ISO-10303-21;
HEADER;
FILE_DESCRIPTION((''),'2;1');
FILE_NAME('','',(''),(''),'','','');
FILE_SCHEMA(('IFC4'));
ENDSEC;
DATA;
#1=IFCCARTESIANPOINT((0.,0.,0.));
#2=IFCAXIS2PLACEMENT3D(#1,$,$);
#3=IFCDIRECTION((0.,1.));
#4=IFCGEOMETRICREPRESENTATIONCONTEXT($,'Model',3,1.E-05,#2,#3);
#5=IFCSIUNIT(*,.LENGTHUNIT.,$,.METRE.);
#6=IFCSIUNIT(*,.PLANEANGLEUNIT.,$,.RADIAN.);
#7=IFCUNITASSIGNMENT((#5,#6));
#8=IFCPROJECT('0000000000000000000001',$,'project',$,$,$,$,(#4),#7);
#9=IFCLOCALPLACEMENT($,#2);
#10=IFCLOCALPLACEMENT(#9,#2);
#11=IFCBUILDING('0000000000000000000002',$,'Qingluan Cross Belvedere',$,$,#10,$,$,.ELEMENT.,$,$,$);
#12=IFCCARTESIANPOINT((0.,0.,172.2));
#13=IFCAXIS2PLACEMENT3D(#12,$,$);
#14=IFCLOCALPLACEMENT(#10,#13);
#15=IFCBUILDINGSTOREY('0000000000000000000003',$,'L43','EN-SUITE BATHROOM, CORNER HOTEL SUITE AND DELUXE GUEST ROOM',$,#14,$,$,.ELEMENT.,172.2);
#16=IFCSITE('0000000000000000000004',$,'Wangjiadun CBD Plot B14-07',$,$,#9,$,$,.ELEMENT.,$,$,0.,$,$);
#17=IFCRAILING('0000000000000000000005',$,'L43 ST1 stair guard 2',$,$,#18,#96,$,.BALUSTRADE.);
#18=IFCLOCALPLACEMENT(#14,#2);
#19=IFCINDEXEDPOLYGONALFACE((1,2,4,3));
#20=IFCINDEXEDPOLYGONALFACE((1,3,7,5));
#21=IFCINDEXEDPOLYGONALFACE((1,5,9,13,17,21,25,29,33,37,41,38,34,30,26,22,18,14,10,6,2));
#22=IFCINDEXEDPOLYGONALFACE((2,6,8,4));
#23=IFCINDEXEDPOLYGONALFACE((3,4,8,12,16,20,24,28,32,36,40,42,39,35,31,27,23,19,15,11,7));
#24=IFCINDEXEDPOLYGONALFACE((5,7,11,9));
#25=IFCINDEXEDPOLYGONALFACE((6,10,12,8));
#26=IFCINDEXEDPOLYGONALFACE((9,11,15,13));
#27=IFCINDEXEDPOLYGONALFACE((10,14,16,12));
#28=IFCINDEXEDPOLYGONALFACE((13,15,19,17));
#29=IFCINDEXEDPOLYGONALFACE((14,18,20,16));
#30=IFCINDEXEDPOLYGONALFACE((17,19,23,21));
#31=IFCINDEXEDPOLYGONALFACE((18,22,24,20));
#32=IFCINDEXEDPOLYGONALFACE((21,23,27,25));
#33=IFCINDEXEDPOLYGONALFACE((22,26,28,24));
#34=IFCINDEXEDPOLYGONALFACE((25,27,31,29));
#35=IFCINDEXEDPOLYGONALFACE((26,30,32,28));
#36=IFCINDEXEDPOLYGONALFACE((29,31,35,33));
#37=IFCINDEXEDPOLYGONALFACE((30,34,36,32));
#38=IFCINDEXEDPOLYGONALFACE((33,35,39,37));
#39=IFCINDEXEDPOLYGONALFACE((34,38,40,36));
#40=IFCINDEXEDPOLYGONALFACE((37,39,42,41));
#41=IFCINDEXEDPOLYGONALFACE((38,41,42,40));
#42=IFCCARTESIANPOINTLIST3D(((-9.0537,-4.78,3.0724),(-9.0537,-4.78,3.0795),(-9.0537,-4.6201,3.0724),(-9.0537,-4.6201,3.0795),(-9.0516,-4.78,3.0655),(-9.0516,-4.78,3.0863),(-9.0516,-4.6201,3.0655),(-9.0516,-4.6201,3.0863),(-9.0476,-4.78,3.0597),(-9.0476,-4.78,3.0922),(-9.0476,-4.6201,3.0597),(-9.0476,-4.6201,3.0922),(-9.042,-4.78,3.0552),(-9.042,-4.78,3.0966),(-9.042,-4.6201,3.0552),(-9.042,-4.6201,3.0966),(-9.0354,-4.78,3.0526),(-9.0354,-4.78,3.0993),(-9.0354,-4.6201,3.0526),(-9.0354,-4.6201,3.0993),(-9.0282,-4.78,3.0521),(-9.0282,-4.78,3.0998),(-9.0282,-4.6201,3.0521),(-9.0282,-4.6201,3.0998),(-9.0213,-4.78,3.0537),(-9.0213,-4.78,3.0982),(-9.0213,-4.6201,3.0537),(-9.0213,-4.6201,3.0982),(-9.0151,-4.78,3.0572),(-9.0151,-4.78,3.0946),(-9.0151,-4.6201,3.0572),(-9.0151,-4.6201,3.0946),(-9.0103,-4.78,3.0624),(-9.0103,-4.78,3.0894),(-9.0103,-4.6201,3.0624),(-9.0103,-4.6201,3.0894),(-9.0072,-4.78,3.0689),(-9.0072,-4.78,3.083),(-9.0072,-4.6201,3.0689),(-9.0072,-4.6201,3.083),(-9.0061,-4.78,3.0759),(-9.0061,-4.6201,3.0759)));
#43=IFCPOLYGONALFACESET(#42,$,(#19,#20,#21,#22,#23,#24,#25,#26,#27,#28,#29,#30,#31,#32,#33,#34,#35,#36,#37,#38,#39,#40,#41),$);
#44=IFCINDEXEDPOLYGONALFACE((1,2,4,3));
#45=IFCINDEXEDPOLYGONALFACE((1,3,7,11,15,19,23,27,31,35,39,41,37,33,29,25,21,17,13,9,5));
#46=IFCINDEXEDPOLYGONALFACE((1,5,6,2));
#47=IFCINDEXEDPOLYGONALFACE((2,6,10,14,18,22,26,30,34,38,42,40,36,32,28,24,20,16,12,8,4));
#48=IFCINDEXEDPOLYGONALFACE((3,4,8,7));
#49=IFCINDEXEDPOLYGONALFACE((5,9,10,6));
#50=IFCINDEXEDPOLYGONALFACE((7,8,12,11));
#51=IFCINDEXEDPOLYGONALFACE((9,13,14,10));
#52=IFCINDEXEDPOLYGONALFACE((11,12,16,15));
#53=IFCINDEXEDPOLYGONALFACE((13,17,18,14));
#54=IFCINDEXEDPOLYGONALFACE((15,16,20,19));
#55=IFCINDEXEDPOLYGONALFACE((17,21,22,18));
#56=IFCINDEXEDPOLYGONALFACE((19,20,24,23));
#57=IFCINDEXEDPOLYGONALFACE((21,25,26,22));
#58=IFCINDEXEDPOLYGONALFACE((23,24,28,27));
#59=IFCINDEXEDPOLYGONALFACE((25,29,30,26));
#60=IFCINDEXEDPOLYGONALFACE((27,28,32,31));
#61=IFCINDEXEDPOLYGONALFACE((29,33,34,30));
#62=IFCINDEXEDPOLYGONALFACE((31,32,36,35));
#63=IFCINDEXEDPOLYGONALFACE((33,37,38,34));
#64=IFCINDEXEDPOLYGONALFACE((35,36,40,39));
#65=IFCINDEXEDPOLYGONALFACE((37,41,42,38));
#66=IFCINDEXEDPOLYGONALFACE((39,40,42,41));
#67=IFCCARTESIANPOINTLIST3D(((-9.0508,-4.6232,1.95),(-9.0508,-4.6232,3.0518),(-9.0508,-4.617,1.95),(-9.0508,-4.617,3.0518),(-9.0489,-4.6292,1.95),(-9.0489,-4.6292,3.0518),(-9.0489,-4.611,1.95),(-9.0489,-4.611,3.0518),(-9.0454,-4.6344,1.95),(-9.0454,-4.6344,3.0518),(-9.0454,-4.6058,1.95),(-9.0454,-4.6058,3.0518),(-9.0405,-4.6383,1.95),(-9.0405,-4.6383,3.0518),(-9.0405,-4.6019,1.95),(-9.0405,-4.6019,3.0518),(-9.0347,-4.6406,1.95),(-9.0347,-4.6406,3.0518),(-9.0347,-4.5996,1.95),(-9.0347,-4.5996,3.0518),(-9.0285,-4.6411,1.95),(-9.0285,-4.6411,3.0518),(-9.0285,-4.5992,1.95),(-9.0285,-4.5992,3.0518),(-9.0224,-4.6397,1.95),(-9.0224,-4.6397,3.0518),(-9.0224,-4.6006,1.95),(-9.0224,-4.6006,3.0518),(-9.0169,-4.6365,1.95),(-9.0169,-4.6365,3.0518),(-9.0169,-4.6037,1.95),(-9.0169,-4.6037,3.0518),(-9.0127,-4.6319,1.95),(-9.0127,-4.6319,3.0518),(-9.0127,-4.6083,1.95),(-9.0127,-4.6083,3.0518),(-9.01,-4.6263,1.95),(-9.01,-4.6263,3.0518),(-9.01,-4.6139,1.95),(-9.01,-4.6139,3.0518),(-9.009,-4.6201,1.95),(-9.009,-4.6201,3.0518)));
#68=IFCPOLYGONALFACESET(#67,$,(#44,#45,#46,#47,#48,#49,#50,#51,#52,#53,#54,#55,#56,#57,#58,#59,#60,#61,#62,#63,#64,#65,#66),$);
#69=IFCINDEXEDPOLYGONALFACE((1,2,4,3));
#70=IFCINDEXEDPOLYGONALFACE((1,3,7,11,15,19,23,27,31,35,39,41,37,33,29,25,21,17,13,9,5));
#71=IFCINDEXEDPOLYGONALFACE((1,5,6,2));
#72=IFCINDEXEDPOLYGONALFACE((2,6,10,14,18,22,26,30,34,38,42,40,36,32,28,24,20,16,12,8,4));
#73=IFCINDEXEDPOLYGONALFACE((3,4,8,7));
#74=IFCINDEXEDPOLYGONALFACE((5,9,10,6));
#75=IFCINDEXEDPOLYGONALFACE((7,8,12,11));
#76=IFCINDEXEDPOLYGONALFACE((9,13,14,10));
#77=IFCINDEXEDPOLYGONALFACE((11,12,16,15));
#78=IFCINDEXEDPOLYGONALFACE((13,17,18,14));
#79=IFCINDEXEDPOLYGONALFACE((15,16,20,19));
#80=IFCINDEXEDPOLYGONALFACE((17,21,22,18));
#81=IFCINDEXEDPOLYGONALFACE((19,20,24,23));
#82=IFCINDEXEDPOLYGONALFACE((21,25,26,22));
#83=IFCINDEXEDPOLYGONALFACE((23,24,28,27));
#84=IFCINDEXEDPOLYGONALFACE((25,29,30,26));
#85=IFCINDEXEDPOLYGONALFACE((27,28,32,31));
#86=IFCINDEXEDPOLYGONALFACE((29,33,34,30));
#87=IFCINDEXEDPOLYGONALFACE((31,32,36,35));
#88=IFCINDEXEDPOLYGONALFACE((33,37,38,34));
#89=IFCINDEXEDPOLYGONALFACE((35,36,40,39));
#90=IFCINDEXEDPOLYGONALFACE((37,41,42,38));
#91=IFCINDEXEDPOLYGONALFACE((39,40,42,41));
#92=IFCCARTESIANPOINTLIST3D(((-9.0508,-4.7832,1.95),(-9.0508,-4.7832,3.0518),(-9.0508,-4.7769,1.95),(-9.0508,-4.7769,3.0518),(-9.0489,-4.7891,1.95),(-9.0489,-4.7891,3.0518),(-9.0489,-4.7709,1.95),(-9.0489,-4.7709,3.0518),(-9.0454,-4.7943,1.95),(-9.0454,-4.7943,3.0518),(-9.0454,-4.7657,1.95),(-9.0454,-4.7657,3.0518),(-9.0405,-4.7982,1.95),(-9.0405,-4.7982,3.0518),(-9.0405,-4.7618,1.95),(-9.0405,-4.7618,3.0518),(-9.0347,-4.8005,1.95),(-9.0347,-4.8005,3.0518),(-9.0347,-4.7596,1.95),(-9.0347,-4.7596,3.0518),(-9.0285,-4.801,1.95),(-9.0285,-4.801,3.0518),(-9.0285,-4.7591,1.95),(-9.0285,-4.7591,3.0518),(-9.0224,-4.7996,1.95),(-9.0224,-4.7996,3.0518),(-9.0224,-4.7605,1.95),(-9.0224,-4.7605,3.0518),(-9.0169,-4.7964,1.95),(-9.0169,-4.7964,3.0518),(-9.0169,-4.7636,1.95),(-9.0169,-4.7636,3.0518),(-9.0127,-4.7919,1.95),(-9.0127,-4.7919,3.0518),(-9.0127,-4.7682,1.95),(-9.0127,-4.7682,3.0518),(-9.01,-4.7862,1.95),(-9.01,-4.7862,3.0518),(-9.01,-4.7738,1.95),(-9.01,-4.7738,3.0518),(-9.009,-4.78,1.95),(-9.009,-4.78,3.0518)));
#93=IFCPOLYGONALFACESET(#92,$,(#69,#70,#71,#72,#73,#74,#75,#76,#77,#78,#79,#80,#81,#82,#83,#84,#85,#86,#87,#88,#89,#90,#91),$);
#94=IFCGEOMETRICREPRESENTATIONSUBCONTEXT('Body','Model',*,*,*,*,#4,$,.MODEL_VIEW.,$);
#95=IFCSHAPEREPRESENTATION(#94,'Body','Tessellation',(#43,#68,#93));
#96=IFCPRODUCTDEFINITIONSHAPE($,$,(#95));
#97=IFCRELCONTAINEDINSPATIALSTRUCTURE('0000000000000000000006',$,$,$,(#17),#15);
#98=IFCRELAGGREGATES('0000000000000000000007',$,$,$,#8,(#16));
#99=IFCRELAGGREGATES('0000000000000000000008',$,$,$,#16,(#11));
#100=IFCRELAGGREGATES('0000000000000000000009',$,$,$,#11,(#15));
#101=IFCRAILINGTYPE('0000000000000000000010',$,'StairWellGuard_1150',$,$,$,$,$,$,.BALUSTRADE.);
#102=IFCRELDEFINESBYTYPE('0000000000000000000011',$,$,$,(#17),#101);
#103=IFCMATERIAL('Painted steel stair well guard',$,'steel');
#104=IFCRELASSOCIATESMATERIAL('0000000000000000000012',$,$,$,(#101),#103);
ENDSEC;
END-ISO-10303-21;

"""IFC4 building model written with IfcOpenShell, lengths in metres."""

from ifc_helpers import new_model, si_unit, direction, frame, origin, origin_2d, place, context, subcontext, project, spatial, circle, extrude, material, type_object, element, save


model = new_model("IFC4")

# Units and contexts
model_context = context("Model", 3, precision=1e-05, world=origin(), true_north=direction((0.0, 1.0)))
body_context = subcontext(model_context, "Body", "Model", "MODEL_VIEW")
ifc_project = project(units=[si_unit("LENGTHUNIT", "METRE"), si_unit("PLANEANGLEUNIT", "RADIAN")], contexts=[model_context])

# Site, building, storey
site_placement = place(None, origin())
site = spatial("IfcSite", under=ifc_project, at=site_placement, Name="Wangjiadun CBD Plot B14-07", CompositionType="ELEMENT", RefElevation=0.0)
building_placement = place(site_placement, origin())
building = spatial("IfcBuilding", under=site, at=building_placement, Name="Qingluan Cross Belvedere", CompositionType="ELEMENT")
storey_placement = place(building_placement, frame((0.0, 0.0, 172.2)))
storey = spatial("IfcBuildingStorey", under=building, at=storey_placement, Name="L43", Description="EN-SUITE BATHROOM, CORNER HOTEL SUITE AND DELUXE GUEST ROOM", CompositionType="ELEMENT", Elevation=172.2)

# Railing
ifc_material_1 = material(Name="Painted steel stair well guard", Category="steel")
railing_type_1 = type_object("IfcRailingType", Name="StairWellGuard_1150", PredefinedType="BALUSTRADE", material=ifc_material_1)
railing_1_placement = place(storey_placement, frame((-9.03, -4.6201, 1.95)))
element("IfcRailing", 1, at=railing_1_placement, inside=storey, type_object=railing_type_1, Name="L43 ST1 stair guard 2", PredefinedType="BALUSTRADE", context=body_context, shape_type="SweptSolid", body=[
    extrude(circle(Radius=0.0239, at=origin_2d()), frame((0.0, 0.0, 1.126), z_axis=(0.0, -1.0, 0.0), x_axis=(1.0, 0.0, 0.0)), (0.0, 0.0, 1.0), 0.1599),
    extrude(circle(Radius=0.021, at=origin_2d()), origin(), (0.0, 0.0, 1.0), 1.1018),
    extrude(circle(Radius=0.021, at=origin_2d()), frame((0.0, -0.1599, 0.0)), (0.0, 0.0, 1.0), 1.1018),
])

save(model, "model.ifc")
